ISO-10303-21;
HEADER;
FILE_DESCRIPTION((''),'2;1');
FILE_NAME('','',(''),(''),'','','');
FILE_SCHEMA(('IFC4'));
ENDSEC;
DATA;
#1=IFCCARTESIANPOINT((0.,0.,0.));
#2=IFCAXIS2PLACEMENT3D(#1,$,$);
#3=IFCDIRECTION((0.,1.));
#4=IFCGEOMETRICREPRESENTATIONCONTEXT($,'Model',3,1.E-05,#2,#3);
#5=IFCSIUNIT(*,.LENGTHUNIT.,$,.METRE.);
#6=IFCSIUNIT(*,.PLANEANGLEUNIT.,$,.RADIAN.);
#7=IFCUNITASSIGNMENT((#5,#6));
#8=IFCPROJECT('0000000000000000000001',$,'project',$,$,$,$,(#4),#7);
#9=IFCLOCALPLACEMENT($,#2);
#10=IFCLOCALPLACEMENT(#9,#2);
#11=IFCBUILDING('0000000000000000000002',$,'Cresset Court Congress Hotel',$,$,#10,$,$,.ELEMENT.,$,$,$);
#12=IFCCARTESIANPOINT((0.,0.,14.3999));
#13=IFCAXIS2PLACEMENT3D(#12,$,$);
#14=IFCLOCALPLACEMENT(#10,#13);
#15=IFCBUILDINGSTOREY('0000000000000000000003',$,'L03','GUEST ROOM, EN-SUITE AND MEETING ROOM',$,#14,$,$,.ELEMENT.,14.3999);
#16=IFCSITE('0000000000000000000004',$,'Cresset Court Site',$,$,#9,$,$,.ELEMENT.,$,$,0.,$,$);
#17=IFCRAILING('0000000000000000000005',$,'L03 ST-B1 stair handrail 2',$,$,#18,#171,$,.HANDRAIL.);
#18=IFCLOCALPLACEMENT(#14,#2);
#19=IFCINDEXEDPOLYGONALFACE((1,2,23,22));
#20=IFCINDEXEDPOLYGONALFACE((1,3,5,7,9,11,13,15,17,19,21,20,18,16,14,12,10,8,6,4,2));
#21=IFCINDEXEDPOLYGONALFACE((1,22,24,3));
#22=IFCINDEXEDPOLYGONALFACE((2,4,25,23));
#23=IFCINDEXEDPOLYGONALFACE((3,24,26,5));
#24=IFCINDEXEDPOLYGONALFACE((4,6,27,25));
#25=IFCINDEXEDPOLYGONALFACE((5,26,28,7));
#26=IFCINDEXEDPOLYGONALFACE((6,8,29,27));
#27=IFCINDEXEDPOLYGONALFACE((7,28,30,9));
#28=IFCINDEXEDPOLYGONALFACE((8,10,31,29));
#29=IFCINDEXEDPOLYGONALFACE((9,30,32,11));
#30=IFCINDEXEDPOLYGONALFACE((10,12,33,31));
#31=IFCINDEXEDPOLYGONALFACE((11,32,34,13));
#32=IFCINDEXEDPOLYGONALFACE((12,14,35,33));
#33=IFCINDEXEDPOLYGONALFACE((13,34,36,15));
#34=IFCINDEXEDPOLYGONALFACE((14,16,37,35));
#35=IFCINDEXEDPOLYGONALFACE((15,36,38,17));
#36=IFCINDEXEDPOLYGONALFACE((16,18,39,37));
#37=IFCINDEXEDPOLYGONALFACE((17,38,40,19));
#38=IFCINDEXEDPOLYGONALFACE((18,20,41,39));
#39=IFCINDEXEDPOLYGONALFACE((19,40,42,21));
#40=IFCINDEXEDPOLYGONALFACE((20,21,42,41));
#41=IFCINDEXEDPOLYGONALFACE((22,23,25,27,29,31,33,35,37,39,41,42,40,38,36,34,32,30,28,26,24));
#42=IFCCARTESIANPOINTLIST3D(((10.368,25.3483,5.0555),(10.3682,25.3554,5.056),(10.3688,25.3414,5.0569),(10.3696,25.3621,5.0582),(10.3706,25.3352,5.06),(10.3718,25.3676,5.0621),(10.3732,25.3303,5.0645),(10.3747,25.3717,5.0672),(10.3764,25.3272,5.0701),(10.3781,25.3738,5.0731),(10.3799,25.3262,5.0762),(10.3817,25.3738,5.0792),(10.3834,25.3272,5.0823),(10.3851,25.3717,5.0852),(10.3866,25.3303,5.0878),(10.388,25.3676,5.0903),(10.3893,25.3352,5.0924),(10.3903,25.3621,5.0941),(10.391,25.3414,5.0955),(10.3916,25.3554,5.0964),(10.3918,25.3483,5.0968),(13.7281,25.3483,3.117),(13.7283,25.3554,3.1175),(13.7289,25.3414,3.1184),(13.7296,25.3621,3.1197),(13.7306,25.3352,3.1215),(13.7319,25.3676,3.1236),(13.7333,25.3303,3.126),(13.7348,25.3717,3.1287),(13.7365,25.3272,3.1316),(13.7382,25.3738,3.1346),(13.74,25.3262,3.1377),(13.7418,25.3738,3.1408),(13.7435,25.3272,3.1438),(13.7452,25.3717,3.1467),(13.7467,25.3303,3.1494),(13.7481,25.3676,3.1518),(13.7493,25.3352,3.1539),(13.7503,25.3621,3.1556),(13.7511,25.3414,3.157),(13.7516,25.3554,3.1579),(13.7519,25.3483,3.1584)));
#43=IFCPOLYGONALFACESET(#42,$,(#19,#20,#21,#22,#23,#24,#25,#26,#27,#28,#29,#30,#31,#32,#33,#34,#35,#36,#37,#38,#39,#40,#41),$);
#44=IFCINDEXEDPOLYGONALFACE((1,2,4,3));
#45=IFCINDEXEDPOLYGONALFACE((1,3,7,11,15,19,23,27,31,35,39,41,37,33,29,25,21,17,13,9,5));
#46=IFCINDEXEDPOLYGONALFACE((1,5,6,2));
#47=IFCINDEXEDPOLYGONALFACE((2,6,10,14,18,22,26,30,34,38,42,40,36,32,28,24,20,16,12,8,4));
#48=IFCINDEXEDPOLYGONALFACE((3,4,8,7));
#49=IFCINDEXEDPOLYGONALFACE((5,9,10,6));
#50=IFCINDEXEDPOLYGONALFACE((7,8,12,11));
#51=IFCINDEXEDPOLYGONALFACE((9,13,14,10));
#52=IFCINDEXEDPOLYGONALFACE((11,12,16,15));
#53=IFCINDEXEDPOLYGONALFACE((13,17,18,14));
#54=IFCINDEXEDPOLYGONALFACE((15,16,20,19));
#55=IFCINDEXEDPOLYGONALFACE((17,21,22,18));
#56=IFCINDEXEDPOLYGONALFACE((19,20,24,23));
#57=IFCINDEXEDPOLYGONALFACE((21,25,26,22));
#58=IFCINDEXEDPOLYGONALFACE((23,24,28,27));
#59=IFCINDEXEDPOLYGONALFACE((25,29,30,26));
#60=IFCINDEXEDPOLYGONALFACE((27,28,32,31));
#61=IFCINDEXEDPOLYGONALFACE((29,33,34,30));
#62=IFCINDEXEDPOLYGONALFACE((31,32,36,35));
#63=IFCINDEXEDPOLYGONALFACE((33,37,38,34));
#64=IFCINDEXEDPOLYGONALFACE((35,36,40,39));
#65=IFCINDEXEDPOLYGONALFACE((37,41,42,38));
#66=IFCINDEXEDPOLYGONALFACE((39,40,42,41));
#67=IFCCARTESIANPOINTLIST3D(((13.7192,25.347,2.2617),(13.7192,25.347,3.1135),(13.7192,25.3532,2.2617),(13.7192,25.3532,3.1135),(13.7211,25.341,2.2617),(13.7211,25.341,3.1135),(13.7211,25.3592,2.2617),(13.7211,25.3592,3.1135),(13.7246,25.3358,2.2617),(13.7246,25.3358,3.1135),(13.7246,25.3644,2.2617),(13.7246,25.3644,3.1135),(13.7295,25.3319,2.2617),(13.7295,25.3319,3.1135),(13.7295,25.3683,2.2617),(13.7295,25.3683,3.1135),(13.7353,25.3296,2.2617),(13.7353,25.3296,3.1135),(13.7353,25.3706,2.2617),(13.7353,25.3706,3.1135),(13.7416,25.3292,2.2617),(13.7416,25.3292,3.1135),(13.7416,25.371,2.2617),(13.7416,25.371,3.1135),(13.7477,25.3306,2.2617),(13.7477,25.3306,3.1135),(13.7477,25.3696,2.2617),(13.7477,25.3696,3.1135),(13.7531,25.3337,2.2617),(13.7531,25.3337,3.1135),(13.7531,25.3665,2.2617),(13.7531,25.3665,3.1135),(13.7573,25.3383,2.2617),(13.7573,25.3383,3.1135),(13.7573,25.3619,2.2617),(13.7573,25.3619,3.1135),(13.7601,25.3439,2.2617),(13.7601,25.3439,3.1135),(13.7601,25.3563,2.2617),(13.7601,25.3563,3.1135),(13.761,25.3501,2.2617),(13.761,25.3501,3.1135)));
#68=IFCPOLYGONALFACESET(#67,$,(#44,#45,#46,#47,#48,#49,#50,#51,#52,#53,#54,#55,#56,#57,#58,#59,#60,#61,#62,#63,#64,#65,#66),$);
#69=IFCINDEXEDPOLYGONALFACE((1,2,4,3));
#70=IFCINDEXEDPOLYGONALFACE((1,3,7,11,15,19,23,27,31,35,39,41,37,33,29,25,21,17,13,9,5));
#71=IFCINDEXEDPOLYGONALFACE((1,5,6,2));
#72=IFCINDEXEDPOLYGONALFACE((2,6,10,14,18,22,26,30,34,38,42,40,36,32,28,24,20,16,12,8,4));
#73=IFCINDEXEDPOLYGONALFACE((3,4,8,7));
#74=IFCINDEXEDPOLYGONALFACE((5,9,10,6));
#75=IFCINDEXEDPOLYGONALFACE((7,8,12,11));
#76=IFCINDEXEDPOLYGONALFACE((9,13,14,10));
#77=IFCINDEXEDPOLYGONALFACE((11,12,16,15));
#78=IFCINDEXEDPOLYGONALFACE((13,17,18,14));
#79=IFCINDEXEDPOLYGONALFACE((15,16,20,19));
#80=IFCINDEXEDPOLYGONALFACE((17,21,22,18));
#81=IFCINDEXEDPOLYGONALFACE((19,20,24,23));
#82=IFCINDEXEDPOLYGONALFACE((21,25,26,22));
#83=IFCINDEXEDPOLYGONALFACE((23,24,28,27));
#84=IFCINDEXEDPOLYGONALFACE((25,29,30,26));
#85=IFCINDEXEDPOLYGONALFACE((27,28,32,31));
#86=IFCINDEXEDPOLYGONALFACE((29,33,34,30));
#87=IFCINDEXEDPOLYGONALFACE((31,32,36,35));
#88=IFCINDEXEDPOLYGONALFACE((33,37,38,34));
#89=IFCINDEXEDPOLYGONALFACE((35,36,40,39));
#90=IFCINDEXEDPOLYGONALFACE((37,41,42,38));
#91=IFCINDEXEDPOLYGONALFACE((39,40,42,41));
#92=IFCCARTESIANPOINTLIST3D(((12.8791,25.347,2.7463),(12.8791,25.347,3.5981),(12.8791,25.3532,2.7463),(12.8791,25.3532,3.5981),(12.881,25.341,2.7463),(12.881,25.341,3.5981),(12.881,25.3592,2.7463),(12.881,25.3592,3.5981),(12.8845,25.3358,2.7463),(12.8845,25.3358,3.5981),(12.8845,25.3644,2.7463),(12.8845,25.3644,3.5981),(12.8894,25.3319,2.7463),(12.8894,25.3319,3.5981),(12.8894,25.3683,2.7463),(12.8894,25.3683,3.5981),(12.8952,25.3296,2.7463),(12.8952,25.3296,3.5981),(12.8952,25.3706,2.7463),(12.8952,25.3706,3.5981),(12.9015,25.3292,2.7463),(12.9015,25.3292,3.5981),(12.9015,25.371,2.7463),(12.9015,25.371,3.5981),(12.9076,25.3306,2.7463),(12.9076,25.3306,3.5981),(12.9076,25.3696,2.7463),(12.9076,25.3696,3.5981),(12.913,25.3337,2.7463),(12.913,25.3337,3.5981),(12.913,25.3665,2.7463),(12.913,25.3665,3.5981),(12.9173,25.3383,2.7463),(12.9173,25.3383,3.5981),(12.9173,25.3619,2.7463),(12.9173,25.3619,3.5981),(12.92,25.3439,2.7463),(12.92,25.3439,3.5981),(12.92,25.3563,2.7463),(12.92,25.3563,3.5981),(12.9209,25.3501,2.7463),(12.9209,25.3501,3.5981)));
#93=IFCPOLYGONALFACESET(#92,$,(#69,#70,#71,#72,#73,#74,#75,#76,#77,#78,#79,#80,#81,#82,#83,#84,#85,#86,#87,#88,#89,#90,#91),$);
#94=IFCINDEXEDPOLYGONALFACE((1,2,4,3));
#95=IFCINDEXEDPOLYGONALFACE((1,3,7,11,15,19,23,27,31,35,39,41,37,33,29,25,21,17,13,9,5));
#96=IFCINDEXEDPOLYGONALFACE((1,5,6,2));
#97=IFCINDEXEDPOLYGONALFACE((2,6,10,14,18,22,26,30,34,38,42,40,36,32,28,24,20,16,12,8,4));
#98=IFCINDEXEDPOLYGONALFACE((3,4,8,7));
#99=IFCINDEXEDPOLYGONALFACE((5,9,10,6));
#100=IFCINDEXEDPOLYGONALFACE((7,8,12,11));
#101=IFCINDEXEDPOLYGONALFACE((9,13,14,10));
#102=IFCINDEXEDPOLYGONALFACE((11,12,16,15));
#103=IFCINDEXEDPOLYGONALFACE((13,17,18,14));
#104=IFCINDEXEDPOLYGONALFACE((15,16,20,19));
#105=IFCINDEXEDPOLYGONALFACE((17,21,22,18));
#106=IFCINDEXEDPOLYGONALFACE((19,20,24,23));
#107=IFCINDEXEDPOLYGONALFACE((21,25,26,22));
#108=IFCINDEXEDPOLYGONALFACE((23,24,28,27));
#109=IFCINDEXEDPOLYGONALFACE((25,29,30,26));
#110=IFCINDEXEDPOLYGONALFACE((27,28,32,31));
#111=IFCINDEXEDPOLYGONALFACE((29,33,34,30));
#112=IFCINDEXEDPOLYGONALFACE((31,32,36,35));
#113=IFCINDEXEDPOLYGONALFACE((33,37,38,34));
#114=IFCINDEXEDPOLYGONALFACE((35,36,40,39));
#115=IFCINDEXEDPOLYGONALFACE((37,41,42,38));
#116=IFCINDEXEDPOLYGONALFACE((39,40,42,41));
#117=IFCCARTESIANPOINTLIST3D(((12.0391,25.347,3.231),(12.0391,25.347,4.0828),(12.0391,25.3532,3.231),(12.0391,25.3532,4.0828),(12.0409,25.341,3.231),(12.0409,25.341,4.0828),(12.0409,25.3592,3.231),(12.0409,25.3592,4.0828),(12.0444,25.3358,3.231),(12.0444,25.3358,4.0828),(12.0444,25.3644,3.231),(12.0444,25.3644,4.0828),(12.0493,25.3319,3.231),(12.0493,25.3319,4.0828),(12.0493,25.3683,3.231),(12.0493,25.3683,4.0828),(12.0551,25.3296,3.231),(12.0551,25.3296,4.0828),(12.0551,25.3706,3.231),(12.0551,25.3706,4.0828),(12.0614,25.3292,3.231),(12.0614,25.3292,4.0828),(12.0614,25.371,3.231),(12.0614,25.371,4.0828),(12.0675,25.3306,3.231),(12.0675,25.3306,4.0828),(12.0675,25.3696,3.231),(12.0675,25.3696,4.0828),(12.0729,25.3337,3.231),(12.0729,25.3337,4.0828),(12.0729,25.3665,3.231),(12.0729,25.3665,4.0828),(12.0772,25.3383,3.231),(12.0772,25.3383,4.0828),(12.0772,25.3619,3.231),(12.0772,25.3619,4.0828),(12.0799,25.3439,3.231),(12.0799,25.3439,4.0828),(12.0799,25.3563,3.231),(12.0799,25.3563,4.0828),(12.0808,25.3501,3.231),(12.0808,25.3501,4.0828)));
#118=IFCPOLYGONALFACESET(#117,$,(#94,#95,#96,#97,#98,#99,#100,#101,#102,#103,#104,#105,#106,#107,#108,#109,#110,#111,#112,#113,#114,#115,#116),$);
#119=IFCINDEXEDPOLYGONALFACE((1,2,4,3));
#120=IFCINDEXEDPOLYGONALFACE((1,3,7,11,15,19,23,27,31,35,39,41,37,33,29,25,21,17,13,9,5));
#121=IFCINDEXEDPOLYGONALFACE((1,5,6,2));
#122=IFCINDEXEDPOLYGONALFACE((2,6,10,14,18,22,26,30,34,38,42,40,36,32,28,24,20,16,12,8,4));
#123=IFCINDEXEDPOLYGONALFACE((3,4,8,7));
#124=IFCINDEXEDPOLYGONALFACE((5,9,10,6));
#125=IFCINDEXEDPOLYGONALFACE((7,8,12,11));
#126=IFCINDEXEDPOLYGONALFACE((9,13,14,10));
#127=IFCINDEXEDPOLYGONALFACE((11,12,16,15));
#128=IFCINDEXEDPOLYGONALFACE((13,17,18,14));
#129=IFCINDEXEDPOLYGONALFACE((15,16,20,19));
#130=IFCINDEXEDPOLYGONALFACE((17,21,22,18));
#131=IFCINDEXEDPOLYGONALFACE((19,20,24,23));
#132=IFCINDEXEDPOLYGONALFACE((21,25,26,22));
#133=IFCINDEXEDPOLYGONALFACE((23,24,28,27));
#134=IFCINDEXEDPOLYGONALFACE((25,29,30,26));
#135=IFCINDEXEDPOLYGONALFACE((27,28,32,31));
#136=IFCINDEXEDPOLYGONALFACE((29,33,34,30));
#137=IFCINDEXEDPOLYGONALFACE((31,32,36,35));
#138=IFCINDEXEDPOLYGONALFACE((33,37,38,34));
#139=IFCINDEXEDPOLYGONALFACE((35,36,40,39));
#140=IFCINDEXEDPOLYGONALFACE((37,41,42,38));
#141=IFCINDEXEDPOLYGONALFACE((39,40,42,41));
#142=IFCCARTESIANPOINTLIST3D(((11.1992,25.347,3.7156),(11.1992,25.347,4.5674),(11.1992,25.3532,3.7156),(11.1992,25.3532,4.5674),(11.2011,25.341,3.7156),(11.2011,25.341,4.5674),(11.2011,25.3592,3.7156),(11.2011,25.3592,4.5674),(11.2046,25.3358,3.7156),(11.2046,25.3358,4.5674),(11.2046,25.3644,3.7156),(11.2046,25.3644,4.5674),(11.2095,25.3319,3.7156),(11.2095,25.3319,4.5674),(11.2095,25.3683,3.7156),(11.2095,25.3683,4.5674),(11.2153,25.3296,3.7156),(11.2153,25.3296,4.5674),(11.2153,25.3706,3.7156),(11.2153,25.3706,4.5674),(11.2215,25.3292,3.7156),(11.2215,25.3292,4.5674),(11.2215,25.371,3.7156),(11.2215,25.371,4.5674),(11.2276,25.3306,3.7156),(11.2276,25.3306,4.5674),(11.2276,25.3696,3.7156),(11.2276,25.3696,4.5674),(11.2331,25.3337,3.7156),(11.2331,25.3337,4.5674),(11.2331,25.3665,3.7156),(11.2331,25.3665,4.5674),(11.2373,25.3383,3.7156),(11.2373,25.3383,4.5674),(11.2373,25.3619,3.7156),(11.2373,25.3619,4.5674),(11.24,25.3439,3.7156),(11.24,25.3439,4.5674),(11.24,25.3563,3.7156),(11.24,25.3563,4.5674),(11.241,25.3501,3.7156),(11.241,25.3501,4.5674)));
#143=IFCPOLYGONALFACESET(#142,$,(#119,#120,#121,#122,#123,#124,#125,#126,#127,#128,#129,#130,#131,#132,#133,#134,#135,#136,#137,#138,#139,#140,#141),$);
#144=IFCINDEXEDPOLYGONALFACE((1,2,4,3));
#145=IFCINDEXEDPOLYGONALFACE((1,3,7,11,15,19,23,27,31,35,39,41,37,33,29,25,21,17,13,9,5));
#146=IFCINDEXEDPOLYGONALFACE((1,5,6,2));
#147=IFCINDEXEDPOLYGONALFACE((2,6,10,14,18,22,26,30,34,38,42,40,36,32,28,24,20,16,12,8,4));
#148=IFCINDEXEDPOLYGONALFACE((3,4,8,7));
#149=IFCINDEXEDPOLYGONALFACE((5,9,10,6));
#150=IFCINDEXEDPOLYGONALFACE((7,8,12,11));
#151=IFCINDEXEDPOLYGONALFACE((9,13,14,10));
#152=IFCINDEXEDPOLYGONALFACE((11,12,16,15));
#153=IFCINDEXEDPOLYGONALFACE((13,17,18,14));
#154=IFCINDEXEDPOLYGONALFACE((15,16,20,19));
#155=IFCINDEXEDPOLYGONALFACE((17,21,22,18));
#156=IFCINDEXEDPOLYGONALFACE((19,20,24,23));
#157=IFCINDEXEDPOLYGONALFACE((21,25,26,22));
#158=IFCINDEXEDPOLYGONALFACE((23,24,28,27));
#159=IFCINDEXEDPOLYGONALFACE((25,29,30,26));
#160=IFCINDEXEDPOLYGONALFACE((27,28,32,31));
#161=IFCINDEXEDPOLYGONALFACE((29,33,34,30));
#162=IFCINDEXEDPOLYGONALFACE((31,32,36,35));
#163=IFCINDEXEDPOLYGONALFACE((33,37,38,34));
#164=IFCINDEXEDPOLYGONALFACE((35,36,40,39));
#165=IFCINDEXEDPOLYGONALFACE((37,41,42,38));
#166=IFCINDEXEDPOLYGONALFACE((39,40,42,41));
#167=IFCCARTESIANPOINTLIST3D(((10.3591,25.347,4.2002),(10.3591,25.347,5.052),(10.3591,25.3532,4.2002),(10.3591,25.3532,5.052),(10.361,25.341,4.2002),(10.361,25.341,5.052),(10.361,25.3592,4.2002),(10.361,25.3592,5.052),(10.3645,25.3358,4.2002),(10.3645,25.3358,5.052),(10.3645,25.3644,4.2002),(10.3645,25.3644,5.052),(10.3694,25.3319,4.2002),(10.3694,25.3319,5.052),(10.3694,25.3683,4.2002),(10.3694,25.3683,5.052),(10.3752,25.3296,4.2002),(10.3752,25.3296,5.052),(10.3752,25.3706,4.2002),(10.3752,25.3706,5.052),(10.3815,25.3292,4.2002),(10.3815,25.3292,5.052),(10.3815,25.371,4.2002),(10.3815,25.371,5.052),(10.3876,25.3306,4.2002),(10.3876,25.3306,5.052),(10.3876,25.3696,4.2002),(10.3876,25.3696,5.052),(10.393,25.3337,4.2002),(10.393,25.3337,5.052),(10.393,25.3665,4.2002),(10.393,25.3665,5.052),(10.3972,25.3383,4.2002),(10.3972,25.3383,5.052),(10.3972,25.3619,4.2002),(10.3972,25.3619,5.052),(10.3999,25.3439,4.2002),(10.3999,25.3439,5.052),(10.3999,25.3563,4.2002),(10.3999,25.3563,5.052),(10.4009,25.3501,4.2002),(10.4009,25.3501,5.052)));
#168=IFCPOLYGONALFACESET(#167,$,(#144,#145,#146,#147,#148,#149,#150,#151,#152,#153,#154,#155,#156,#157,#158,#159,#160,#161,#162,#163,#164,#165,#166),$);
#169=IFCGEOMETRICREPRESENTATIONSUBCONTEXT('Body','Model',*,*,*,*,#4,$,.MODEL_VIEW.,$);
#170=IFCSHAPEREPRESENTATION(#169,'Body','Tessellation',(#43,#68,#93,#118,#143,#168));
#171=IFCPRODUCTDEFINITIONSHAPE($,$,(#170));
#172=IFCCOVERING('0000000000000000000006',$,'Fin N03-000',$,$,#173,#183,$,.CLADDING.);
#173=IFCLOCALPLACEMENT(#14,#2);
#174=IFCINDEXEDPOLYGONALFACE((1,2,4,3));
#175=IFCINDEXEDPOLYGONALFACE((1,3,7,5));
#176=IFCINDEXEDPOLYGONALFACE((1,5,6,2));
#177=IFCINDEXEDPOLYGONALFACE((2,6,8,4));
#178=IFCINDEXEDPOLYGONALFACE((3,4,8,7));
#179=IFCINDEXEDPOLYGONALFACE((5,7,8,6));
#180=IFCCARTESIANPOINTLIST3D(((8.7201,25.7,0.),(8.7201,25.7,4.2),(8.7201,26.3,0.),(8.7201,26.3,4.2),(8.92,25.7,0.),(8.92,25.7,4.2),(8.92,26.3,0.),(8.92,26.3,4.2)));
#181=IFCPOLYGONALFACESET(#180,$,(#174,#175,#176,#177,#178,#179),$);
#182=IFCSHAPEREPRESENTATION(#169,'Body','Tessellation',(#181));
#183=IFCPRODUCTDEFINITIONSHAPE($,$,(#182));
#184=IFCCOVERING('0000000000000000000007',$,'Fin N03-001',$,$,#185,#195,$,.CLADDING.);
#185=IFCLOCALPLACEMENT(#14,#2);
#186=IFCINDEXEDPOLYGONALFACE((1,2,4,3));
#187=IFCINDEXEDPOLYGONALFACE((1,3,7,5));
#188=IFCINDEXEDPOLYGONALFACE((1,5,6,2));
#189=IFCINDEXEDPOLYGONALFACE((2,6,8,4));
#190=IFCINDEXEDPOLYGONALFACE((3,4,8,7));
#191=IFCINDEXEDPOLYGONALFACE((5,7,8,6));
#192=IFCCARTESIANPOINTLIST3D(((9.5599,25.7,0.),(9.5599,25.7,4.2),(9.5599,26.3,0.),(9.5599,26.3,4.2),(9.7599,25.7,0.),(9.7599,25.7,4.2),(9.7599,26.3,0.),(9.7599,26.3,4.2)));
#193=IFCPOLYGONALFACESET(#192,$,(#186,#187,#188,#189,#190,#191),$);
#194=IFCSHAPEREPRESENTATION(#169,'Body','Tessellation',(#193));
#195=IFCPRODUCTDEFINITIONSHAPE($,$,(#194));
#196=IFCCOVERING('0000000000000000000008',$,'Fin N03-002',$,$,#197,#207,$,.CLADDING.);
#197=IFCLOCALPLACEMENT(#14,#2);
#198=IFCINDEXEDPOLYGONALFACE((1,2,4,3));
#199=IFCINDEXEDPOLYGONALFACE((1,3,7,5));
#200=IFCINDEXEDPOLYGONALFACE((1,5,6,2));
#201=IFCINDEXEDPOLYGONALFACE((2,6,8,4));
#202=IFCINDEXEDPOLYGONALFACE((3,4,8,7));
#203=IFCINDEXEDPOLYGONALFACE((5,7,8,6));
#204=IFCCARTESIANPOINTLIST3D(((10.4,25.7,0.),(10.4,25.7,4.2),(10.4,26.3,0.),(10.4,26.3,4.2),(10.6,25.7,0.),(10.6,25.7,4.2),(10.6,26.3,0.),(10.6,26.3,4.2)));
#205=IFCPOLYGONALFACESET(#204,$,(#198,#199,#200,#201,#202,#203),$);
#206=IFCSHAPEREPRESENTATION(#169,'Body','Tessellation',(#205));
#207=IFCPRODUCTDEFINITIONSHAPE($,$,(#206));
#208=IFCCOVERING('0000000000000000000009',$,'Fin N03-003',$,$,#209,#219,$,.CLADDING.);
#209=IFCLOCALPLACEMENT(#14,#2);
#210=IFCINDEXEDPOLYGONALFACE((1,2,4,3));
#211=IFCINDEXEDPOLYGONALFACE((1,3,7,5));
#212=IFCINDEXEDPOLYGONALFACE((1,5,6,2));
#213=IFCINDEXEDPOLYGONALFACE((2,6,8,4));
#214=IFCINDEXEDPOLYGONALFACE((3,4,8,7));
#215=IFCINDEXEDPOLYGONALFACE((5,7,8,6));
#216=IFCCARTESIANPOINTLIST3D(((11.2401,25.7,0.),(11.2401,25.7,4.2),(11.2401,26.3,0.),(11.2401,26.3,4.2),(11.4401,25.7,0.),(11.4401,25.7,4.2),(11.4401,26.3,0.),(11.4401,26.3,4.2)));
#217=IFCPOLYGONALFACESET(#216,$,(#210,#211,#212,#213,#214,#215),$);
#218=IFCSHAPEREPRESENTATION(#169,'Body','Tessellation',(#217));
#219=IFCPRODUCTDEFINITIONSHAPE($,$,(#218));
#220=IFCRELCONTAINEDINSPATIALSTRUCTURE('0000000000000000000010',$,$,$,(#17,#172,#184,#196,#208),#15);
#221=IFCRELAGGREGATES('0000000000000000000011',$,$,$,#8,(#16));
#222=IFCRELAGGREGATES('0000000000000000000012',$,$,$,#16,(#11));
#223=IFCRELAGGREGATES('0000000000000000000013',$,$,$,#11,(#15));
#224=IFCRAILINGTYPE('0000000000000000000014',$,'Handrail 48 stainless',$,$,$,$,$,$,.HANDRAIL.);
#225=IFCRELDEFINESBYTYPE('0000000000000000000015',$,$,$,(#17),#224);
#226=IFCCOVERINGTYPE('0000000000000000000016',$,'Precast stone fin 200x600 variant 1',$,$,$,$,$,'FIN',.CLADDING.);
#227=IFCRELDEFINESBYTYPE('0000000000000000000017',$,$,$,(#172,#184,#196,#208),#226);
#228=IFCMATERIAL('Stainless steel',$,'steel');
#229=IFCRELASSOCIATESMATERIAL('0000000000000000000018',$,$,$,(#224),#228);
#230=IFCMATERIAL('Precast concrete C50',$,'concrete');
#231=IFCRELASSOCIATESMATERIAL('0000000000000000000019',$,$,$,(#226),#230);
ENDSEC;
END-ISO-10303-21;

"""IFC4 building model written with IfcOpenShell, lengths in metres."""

from ifc_helpers import new_model, si_unit, direction, frame, origin, origin_2d, place, context, subcontext, project, spatial, rectangle, circle, extrude, material, type_object, element, save


model = new_model("IFC4")

# Units and contexts
model_context = context("Model", 3, precision=1e-05, world=origin(), true_north=direction((0.0, 1.0)))
body_context = subcontext(model_context, "Body", "Model", "MODEL_VIEW")
ifc_project = project(units=[si_unit("LENGTHUNIT", "METRE"), si_unit("PLANEANGLEUNIT", "RADIAN")], contexts=[model_context])

# Site, building, storey
site_placement = place(None, origin())
site = spatial("IfcSite", under=ifc_project, at=site_placement, Name="Cresset Court Site", CompositionType="ELEMENT", RefElevation=0.0)
building_placement = place(site_placement, origin())
building = spatial("IfcBuilding", under=site, at=building_placement, Name="Cresset Court Congress Hotel", CompositionType="ELEMENT")
storey_placement = place(building_placement, frame((0.0, 0.0, 14.3999)))
storey = spatial("IfcBuildingStorey", under=building, at=storey_placement, Name="L03", Description="GUEST ROOM, EN-SUITE AND MEETING ROOM", CompositionType="ELEMENT", Elevation=14.3999)

# Railing
ifc_material_1 = material(Name="Stainless steel", Category="steel")
railing_type_1 = type_object("IfcRailingType", Name="Handrail 48 stainless", PredefinedType="HANDRAIL", material=ifc_material_1)
railing_1_placement = place(storey_placement, frame((13.74, 25.3501, 2.2617)))
element("IfcRailing", 1, at=railing_1_placement, inside=storey, type_object=railing_type_1, Name="L03 ST-B1 stair handrail 2", PredefinedType="HANDRAIL", context=body_context, shape_type="SweptSolid", body=[
    extrude(circle(Radius=0.0239, at=origin_2d()), frame((0.0, 0.0, 0.876), z_axis=(-0.866191, 0.0, 0.499713), x_axis=(0.0, -1.0, 0.0)), (0.0, 0.0, 1.0), 3.8792),
    extrude(circle(Radius=0.021, at=origin_2d()), origin(), (0.0, 0.0, 1.0), 0.8518),
    extrude(circle(Radius=0.021, at=origin_2d()), frame((-0.8401, 0.0, 0.4846)), (0.0, 0.0, 1.0), 0.8518),
    extrude(circle(Radius=0.021, at=origin_2d()), frame((-1.6802, 0.0, 0.9692)), (0.0, 0.0, 1.0), 0.8518),
    extrude(circle(Radius=0.021, at=origin_2d()), frame((-2.52, 0.0, 1.4539)), (0.0, 0.0, 1.0), 0.8518),
    extrude(circle(Radius=0.021, at=origin_2d()), frame((-3.3601, 0.0, 1.9385)), (0.0, 0.0, 1.0), 0.8518),
])

# Coverings
ifc_material_2 = material(Name="Precast concrete C50", Category="concrete")
covering_type = type_object("IfcCoveringType", Name="Precast stone fin 200x600 variant 1", ElementType="FIN", PredefinedType="CLADDING", material=ifc_material_2)
for number, where, z_axis, x_axis, name in (
    (2, (8.8201, 26.0, 0.0), (0.0, 0.0, 1.0), (1.0, 0.0, 0.0), "Fin N03-000"),
    (3, (9.6599, 26.0, 0.0), (0.0, 0.0, 1.0), (1.0, 0.0, 0.0), "Fin N03-001"),
    (4, (10.5, 26.0, 0.0), (0.0, 0.0, 1.0), (1.0, 0.0, 0.0), "Fin N03-002"),
    (5, (11.3401, 26.0, 0.0), (0.0, 0.0, 1.0), (1.0, 0.0, 0.0), "Fin N03-003"),
):
    element("IfcCovering", number, at=place(storey_placement, frame(where, z_axis=z_axis, x_axis=x_axis)), inside=storey, type_object=covering_type, Name=name, PredefinedType="CLADDING", context=body_context, shape_type="SweptSolid", body=[
        extrude(rectangle(XDim=0.2, YDim=0.6001, at=origin_2d()), origin(), (0.0, 0.0, 1.0), 4.2),
    ])

save(model, "model.ifc")
